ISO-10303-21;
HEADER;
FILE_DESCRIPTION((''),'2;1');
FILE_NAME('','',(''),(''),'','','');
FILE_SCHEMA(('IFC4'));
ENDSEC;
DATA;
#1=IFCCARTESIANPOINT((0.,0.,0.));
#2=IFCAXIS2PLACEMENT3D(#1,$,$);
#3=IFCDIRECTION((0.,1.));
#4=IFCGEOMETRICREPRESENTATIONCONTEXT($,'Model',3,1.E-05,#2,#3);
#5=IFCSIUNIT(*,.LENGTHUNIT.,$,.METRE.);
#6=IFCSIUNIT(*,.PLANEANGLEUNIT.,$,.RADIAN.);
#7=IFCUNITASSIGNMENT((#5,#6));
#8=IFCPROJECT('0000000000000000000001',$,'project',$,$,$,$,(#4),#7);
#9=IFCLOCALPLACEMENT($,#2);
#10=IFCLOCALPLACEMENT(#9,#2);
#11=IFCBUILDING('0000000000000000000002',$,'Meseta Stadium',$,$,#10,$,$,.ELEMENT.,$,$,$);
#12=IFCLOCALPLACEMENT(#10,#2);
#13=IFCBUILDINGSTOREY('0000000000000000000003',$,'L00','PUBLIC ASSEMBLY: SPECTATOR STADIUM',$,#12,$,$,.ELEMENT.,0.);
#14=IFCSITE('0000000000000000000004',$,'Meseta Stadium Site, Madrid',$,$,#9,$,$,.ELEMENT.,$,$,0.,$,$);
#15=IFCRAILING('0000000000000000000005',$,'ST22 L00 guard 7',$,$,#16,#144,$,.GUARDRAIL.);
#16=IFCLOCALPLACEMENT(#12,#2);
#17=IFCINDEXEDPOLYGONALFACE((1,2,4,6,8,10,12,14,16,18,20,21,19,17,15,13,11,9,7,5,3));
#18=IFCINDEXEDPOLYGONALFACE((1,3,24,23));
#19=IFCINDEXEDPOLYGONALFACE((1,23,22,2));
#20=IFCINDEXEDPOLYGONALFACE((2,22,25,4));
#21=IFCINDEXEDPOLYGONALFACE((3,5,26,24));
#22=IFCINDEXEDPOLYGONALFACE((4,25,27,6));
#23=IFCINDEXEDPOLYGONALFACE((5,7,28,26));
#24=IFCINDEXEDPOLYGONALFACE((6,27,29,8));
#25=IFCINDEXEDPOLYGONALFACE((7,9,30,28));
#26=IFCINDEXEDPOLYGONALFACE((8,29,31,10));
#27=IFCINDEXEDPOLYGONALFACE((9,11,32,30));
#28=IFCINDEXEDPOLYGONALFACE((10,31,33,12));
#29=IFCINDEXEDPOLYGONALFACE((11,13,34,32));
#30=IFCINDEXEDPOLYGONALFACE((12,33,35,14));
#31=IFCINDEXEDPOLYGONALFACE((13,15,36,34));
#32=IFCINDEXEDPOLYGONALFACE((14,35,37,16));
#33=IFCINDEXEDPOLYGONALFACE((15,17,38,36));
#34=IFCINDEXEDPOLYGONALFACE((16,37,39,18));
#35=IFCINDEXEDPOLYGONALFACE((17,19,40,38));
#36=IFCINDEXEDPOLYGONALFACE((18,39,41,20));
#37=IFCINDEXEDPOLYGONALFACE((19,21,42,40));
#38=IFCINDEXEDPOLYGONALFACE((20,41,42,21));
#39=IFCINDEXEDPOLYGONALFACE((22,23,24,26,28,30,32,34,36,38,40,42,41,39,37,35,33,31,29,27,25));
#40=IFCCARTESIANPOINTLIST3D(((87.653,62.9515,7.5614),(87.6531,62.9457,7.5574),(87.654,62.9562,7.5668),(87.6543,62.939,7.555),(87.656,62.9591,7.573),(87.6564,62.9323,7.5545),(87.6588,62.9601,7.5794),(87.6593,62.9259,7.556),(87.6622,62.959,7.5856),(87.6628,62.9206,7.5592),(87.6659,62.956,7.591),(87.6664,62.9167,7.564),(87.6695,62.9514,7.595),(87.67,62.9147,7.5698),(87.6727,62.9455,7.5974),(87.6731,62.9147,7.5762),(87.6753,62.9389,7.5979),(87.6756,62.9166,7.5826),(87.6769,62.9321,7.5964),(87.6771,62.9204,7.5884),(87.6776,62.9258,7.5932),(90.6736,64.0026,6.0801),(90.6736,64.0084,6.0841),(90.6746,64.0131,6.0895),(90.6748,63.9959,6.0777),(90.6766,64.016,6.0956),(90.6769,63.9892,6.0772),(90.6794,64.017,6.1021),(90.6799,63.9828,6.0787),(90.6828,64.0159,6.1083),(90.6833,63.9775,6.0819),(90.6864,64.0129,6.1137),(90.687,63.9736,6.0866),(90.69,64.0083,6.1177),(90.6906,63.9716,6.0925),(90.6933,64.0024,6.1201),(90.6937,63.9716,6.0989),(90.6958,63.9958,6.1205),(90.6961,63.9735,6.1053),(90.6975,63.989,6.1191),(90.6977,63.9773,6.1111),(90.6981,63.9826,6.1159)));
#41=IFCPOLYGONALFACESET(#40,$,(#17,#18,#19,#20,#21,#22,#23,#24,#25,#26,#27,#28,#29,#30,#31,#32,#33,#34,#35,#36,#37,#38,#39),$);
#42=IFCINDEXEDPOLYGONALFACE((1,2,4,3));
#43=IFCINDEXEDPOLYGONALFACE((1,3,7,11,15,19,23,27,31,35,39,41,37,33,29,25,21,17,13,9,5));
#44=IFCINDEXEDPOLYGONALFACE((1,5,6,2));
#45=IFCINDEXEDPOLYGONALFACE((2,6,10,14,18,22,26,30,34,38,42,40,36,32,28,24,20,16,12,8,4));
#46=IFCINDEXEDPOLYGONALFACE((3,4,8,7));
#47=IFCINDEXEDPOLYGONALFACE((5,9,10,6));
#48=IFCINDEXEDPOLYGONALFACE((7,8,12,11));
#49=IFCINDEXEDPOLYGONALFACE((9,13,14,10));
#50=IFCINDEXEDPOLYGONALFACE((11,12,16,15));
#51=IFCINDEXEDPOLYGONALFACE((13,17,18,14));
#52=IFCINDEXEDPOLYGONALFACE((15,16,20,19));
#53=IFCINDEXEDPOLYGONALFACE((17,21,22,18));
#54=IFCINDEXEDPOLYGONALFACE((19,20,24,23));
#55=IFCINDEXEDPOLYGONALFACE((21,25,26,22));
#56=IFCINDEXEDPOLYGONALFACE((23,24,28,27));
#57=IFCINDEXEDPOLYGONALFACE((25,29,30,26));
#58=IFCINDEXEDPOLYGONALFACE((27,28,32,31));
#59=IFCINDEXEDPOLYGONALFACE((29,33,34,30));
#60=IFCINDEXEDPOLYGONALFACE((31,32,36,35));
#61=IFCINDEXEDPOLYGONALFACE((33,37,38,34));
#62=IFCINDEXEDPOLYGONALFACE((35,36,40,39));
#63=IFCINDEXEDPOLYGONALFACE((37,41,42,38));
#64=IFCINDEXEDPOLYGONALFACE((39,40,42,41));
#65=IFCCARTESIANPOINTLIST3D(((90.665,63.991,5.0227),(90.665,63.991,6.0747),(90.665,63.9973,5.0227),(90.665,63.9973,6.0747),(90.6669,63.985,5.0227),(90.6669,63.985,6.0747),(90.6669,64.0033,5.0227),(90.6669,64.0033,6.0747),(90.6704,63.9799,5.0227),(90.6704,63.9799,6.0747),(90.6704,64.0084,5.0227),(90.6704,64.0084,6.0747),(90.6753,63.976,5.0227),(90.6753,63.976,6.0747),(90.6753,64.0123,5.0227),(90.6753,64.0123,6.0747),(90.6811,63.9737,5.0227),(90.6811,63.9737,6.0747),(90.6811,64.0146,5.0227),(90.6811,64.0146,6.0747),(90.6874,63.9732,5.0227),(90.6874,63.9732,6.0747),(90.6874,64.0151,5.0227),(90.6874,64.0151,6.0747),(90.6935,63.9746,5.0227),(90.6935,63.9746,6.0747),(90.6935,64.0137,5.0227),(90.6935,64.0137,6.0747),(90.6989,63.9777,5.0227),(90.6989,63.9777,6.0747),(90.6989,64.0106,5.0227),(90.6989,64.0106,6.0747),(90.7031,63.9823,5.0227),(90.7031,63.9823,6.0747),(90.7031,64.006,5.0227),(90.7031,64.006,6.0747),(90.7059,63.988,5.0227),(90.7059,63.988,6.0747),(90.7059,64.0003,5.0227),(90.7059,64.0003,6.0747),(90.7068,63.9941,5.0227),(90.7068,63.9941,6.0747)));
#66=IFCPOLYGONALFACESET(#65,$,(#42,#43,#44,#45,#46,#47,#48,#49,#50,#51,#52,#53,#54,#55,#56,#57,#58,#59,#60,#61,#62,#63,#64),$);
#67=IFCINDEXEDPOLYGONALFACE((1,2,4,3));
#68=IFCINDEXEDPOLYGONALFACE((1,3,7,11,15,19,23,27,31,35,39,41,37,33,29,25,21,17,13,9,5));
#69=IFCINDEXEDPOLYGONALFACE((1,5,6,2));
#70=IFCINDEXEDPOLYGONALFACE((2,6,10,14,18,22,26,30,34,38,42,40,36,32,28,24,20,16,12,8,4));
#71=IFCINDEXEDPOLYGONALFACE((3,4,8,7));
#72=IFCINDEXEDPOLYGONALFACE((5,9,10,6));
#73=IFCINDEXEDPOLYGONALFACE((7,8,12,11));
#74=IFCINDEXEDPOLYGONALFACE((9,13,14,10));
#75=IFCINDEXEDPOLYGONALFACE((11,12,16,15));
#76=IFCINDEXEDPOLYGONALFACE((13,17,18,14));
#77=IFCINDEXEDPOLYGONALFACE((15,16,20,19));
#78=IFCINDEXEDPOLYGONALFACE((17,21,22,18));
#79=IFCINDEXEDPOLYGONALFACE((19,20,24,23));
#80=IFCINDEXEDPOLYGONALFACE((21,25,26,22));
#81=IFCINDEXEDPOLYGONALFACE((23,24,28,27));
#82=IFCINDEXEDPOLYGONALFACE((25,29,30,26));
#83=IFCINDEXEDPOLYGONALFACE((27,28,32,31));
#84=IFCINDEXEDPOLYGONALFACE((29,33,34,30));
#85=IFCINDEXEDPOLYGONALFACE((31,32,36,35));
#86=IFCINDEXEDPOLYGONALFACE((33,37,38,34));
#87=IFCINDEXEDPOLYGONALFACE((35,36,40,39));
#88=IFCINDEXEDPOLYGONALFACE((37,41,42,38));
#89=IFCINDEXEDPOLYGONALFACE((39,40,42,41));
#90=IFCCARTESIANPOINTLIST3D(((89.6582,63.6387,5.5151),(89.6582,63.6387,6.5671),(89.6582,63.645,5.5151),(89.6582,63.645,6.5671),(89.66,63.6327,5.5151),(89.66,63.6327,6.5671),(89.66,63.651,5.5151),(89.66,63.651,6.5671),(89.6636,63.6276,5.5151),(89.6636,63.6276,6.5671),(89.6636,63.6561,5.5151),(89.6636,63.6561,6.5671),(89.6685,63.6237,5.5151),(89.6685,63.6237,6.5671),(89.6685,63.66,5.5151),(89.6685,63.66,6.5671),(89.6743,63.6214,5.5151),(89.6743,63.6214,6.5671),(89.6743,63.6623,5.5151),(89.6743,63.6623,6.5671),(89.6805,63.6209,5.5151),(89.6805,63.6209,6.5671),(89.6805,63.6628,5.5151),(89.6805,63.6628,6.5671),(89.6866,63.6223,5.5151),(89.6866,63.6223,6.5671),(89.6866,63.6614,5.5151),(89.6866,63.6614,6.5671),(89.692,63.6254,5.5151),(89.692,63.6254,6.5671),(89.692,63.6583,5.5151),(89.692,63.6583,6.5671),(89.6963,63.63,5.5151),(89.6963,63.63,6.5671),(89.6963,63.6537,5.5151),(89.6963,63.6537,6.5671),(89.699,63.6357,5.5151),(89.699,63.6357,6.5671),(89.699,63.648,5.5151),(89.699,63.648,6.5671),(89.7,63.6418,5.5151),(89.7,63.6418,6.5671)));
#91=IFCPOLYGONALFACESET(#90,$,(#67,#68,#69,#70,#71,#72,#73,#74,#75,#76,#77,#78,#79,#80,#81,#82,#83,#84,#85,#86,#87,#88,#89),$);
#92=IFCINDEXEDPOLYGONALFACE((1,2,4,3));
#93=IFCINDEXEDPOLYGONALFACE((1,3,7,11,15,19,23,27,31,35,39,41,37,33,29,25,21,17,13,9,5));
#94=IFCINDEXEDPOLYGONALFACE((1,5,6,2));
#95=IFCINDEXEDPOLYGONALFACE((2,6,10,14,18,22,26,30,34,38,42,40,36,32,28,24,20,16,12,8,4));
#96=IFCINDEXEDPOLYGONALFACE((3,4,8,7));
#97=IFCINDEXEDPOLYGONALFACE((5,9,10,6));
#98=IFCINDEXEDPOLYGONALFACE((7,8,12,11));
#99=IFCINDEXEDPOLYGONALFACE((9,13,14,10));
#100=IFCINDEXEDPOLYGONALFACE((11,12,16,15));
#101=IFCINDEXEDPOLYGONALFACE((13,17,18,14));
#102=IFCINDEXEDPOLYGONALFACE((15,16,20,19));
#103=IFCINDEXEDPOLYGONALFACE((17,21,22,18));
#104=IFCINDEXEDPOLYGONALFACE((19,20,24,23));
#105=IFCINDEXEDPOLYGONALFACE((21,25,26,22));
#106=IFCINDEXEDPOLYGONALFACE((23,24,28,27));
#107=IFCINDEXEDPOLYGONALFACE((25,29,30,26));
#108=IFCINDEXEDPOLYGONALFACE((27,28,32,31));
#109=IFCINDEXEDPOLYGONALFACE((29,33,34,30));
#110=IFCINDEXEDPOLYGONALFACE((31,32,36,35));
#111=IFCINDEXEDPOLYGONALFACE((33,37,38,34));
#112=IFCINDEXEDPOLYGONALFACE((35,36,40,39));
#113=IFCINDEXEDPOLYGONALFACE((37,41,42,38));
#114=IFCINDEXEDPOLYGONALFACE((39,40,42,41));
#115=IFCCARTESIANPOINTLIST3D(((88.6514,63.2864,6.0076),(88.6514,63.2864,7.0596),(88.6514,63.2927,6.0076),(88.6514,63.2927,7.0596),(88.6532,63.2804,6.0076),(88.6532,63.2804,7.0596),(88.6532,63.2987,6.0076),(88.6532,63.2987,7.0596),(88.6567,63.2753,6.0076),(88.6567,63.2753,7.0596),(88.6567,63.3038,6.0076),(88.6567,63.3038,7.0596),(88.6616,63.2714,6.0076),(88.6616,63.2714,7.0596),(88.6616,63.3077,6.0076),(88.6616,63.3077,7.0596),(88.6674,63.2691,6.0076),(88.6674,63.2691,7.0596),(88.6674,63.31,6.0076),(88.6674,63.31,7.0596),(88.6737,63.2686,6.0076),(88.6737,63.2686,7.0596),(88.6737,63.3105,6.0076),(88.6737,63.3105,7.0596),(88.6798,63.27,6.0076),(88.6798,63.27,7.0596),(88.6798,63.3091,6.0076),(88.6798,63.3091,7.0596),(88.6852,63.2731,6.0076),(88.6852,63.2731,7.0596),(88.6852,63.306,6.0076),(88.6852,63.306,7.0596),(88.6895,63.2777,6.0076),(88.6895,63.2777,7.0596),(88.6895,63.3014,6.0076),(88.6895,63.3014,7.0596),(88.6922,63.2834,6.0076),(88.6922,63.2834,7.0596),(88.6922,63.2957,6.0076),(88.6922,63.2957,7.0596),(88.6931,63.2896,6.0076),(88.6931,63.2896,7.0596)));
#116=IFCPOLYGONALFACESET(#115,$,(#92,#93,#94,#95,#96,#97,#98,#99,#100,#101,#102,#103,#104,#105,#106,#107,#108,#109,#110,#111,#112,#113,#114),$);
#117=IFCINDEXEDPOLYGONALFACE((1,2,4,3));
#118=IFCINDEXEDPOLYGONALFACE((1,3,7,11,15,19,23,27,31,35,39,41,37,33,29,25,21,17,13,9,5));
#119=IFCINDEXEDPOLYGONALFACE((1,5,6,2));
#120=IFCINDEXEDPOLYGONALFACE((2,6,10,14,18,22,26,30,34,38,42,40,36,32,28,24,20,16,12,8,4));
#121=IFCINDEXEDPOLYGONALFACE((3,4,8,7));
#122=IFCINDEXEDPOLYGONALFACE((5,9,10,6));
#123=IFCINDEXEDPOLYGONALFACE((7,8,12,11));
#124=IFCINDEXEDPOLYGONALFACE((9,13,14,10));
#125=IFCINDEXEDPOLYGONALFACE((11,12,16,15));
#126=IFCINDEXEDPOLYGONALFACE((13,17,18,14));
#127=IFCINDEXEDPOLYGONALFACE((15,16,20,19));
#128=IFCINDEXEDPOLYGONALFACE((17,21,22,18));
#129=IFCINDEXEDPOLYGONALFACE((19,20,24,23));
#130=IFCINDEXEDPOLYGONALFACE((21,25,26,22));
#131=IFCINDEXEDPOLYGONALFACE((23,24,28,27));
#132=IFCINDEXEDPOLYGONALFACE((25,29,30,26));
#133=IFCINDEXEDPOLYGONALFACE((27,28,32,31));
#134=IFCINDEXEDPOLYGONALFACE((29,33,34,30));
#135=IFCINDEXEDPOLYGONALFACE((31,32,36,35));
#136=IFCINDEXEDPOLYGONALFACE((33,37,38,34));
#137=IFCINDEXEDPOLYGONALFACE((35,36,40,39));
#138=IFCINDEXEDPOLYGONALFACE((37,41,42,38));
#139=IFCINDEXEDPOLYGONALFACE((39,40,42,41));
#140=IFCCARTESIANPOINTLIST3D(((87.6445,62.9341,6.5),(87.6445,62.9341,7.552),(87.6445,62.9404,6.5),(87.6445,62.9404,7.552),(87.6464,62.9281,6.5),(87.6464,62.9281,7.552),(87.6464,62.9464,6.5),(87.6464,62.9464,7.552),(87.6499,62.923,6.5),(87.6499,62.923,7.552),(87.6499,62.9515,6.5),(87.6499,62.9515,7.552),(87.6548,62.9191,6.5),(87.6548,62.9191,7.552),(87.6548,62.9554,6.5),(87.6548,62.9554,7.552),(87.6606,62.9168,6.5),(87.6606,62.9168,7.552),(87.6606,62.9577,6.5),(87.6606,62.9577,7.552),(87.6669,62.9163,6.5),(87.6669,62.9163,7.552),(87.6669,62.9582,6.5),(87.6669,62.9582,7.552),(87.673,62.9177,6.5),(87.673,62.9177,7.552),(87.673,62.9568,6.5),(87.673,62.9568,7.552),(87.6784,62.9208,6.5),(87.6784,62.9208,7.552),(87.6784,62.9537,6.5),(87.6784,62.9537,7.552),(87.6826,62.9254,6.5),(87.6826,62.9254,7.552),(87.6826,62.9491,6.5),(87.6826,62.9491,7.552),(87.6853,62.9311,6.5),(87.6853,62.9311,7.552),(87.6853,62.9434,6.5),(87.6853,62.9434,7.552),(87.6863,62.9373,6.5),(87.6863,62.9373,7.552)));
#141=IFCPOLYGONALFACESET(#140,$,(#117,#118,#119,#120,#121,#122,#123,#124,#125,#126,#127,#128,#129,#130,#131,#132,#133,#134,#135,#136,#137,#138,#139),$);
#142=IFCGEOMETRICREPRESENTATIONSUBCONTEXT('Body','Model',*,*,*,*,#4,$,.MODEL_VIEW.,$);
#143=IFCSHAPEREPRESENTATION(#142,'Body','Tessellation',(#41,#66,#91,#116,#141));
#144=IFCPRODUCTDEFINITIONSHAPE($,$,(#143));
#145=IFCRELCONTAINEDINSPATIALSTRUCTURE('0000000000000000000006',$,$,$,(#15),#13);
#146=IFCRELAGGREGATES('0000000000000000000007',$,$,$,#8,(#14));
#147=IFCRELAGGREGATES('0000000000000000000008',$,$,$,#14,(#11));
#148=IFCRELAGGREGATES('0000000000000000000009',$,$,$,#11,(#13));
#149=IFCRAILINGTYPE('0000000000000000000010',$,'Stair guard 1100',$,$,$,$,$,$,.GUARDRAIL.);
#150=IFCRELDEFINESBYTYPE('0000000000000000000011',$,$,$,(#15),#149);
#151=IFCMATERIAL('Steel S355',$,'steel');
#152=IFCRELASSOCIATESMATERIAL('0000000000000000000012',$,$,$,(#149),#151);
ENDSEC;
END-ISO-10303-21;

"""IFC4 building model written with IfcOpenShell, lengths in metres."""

from ifc_helpers import new_model, si_unit, direction, frame, origin, origin_2d, place, context, subcontext, project, spatial, circle, extrude, material, type_object, element, save


model = new_model("IFC4")

# Units and contexts
model_context = context("Model", 3, precision=1e-05, world=origin(), true_north=direction((0.0, 1.0)))
body_context = subcontext(model_context, "Body", "Model", "MODEL_VIEW")
ifc_project = project(units=[si_unit("LENGTHUNIT", "METRE"), si_unit("PLANEANGLEUNIT", "RADIAN")], contexts=[model_context])

# Site, building, storey
site_placement = place(None, origin())
site = spatial("IfcSite", under=ifc_project, at=site_placement, Name="Meseta Stadium Site, Madrid", CompositionType="ELEMENT", RefElevation=0.0)
building_placement = place(site_placement, origin())
building = spatial("IfcBuilding", under=site, at=building_placement, Name="Meseta Stadium", CompositionType="ELEMENT")
storey_placement = place(building_placement, origin())
storey = spatial("IfcBuildingStorey", under=building, at=storey_placement, Name="L00", Description="PUBLIC ASSEMBLY: SPECTATOR STADIUM", CompositionType="ELEMENT", Elevation=0.0)

# Railing
ifc_material_1 = material(Name="Steel S355", Category="steel")
railing_type_1 = type_object("IfcRailingType", Name="Stair guard 1100", PredefinedType="GUARDRAIL", material=ifc_material_1)
railing_1_placement = place(storey_placement, frame((90.6858, 63.9941, 5.0227)))
element("IfcRailing", 1, at=railing_1_placement, inside=storey, type_object=railing_type_1, Name="ST22 L00 guard 7", PredefinedType="GUARDRAIL", context=body_context, shape_type="SweptSolid", body=[
    extrude(circle(Radius=0.0239, at=origin_2d()), frame((0.0, 0.0, 1.0762), z_axis=(-0.856977, -0.299859, 0.419137), x_axis=(0.330269, -0.943887, 0.0)), (0.0, 0.0, 1.0), 3.5247),
    extrude(circle(Radius=0.021, at=origin_2d()), origin(), (0.0, 0.0, 1.0), 1.052),
    extrude(circle(Radius=0.021, at=origin_2d()), frame((-1.0068, -0.3523, 0.4924)), (0.0, 0.0, 1.0), 1.052),
    extrude(circle(Radius=0.021, at=origin_2d()), frame((-2.0137, -0.7046, 0.9849)), (0.0, 0.0, 1.0), 1.052),
    extrude(circle(Radius=0.021, at=origin_2d()), frame((-3.0205, -1.0569, 1.4773)), (0.0, 0.0, 1.0), 1.052),
])

save(model, "model.ifc")
